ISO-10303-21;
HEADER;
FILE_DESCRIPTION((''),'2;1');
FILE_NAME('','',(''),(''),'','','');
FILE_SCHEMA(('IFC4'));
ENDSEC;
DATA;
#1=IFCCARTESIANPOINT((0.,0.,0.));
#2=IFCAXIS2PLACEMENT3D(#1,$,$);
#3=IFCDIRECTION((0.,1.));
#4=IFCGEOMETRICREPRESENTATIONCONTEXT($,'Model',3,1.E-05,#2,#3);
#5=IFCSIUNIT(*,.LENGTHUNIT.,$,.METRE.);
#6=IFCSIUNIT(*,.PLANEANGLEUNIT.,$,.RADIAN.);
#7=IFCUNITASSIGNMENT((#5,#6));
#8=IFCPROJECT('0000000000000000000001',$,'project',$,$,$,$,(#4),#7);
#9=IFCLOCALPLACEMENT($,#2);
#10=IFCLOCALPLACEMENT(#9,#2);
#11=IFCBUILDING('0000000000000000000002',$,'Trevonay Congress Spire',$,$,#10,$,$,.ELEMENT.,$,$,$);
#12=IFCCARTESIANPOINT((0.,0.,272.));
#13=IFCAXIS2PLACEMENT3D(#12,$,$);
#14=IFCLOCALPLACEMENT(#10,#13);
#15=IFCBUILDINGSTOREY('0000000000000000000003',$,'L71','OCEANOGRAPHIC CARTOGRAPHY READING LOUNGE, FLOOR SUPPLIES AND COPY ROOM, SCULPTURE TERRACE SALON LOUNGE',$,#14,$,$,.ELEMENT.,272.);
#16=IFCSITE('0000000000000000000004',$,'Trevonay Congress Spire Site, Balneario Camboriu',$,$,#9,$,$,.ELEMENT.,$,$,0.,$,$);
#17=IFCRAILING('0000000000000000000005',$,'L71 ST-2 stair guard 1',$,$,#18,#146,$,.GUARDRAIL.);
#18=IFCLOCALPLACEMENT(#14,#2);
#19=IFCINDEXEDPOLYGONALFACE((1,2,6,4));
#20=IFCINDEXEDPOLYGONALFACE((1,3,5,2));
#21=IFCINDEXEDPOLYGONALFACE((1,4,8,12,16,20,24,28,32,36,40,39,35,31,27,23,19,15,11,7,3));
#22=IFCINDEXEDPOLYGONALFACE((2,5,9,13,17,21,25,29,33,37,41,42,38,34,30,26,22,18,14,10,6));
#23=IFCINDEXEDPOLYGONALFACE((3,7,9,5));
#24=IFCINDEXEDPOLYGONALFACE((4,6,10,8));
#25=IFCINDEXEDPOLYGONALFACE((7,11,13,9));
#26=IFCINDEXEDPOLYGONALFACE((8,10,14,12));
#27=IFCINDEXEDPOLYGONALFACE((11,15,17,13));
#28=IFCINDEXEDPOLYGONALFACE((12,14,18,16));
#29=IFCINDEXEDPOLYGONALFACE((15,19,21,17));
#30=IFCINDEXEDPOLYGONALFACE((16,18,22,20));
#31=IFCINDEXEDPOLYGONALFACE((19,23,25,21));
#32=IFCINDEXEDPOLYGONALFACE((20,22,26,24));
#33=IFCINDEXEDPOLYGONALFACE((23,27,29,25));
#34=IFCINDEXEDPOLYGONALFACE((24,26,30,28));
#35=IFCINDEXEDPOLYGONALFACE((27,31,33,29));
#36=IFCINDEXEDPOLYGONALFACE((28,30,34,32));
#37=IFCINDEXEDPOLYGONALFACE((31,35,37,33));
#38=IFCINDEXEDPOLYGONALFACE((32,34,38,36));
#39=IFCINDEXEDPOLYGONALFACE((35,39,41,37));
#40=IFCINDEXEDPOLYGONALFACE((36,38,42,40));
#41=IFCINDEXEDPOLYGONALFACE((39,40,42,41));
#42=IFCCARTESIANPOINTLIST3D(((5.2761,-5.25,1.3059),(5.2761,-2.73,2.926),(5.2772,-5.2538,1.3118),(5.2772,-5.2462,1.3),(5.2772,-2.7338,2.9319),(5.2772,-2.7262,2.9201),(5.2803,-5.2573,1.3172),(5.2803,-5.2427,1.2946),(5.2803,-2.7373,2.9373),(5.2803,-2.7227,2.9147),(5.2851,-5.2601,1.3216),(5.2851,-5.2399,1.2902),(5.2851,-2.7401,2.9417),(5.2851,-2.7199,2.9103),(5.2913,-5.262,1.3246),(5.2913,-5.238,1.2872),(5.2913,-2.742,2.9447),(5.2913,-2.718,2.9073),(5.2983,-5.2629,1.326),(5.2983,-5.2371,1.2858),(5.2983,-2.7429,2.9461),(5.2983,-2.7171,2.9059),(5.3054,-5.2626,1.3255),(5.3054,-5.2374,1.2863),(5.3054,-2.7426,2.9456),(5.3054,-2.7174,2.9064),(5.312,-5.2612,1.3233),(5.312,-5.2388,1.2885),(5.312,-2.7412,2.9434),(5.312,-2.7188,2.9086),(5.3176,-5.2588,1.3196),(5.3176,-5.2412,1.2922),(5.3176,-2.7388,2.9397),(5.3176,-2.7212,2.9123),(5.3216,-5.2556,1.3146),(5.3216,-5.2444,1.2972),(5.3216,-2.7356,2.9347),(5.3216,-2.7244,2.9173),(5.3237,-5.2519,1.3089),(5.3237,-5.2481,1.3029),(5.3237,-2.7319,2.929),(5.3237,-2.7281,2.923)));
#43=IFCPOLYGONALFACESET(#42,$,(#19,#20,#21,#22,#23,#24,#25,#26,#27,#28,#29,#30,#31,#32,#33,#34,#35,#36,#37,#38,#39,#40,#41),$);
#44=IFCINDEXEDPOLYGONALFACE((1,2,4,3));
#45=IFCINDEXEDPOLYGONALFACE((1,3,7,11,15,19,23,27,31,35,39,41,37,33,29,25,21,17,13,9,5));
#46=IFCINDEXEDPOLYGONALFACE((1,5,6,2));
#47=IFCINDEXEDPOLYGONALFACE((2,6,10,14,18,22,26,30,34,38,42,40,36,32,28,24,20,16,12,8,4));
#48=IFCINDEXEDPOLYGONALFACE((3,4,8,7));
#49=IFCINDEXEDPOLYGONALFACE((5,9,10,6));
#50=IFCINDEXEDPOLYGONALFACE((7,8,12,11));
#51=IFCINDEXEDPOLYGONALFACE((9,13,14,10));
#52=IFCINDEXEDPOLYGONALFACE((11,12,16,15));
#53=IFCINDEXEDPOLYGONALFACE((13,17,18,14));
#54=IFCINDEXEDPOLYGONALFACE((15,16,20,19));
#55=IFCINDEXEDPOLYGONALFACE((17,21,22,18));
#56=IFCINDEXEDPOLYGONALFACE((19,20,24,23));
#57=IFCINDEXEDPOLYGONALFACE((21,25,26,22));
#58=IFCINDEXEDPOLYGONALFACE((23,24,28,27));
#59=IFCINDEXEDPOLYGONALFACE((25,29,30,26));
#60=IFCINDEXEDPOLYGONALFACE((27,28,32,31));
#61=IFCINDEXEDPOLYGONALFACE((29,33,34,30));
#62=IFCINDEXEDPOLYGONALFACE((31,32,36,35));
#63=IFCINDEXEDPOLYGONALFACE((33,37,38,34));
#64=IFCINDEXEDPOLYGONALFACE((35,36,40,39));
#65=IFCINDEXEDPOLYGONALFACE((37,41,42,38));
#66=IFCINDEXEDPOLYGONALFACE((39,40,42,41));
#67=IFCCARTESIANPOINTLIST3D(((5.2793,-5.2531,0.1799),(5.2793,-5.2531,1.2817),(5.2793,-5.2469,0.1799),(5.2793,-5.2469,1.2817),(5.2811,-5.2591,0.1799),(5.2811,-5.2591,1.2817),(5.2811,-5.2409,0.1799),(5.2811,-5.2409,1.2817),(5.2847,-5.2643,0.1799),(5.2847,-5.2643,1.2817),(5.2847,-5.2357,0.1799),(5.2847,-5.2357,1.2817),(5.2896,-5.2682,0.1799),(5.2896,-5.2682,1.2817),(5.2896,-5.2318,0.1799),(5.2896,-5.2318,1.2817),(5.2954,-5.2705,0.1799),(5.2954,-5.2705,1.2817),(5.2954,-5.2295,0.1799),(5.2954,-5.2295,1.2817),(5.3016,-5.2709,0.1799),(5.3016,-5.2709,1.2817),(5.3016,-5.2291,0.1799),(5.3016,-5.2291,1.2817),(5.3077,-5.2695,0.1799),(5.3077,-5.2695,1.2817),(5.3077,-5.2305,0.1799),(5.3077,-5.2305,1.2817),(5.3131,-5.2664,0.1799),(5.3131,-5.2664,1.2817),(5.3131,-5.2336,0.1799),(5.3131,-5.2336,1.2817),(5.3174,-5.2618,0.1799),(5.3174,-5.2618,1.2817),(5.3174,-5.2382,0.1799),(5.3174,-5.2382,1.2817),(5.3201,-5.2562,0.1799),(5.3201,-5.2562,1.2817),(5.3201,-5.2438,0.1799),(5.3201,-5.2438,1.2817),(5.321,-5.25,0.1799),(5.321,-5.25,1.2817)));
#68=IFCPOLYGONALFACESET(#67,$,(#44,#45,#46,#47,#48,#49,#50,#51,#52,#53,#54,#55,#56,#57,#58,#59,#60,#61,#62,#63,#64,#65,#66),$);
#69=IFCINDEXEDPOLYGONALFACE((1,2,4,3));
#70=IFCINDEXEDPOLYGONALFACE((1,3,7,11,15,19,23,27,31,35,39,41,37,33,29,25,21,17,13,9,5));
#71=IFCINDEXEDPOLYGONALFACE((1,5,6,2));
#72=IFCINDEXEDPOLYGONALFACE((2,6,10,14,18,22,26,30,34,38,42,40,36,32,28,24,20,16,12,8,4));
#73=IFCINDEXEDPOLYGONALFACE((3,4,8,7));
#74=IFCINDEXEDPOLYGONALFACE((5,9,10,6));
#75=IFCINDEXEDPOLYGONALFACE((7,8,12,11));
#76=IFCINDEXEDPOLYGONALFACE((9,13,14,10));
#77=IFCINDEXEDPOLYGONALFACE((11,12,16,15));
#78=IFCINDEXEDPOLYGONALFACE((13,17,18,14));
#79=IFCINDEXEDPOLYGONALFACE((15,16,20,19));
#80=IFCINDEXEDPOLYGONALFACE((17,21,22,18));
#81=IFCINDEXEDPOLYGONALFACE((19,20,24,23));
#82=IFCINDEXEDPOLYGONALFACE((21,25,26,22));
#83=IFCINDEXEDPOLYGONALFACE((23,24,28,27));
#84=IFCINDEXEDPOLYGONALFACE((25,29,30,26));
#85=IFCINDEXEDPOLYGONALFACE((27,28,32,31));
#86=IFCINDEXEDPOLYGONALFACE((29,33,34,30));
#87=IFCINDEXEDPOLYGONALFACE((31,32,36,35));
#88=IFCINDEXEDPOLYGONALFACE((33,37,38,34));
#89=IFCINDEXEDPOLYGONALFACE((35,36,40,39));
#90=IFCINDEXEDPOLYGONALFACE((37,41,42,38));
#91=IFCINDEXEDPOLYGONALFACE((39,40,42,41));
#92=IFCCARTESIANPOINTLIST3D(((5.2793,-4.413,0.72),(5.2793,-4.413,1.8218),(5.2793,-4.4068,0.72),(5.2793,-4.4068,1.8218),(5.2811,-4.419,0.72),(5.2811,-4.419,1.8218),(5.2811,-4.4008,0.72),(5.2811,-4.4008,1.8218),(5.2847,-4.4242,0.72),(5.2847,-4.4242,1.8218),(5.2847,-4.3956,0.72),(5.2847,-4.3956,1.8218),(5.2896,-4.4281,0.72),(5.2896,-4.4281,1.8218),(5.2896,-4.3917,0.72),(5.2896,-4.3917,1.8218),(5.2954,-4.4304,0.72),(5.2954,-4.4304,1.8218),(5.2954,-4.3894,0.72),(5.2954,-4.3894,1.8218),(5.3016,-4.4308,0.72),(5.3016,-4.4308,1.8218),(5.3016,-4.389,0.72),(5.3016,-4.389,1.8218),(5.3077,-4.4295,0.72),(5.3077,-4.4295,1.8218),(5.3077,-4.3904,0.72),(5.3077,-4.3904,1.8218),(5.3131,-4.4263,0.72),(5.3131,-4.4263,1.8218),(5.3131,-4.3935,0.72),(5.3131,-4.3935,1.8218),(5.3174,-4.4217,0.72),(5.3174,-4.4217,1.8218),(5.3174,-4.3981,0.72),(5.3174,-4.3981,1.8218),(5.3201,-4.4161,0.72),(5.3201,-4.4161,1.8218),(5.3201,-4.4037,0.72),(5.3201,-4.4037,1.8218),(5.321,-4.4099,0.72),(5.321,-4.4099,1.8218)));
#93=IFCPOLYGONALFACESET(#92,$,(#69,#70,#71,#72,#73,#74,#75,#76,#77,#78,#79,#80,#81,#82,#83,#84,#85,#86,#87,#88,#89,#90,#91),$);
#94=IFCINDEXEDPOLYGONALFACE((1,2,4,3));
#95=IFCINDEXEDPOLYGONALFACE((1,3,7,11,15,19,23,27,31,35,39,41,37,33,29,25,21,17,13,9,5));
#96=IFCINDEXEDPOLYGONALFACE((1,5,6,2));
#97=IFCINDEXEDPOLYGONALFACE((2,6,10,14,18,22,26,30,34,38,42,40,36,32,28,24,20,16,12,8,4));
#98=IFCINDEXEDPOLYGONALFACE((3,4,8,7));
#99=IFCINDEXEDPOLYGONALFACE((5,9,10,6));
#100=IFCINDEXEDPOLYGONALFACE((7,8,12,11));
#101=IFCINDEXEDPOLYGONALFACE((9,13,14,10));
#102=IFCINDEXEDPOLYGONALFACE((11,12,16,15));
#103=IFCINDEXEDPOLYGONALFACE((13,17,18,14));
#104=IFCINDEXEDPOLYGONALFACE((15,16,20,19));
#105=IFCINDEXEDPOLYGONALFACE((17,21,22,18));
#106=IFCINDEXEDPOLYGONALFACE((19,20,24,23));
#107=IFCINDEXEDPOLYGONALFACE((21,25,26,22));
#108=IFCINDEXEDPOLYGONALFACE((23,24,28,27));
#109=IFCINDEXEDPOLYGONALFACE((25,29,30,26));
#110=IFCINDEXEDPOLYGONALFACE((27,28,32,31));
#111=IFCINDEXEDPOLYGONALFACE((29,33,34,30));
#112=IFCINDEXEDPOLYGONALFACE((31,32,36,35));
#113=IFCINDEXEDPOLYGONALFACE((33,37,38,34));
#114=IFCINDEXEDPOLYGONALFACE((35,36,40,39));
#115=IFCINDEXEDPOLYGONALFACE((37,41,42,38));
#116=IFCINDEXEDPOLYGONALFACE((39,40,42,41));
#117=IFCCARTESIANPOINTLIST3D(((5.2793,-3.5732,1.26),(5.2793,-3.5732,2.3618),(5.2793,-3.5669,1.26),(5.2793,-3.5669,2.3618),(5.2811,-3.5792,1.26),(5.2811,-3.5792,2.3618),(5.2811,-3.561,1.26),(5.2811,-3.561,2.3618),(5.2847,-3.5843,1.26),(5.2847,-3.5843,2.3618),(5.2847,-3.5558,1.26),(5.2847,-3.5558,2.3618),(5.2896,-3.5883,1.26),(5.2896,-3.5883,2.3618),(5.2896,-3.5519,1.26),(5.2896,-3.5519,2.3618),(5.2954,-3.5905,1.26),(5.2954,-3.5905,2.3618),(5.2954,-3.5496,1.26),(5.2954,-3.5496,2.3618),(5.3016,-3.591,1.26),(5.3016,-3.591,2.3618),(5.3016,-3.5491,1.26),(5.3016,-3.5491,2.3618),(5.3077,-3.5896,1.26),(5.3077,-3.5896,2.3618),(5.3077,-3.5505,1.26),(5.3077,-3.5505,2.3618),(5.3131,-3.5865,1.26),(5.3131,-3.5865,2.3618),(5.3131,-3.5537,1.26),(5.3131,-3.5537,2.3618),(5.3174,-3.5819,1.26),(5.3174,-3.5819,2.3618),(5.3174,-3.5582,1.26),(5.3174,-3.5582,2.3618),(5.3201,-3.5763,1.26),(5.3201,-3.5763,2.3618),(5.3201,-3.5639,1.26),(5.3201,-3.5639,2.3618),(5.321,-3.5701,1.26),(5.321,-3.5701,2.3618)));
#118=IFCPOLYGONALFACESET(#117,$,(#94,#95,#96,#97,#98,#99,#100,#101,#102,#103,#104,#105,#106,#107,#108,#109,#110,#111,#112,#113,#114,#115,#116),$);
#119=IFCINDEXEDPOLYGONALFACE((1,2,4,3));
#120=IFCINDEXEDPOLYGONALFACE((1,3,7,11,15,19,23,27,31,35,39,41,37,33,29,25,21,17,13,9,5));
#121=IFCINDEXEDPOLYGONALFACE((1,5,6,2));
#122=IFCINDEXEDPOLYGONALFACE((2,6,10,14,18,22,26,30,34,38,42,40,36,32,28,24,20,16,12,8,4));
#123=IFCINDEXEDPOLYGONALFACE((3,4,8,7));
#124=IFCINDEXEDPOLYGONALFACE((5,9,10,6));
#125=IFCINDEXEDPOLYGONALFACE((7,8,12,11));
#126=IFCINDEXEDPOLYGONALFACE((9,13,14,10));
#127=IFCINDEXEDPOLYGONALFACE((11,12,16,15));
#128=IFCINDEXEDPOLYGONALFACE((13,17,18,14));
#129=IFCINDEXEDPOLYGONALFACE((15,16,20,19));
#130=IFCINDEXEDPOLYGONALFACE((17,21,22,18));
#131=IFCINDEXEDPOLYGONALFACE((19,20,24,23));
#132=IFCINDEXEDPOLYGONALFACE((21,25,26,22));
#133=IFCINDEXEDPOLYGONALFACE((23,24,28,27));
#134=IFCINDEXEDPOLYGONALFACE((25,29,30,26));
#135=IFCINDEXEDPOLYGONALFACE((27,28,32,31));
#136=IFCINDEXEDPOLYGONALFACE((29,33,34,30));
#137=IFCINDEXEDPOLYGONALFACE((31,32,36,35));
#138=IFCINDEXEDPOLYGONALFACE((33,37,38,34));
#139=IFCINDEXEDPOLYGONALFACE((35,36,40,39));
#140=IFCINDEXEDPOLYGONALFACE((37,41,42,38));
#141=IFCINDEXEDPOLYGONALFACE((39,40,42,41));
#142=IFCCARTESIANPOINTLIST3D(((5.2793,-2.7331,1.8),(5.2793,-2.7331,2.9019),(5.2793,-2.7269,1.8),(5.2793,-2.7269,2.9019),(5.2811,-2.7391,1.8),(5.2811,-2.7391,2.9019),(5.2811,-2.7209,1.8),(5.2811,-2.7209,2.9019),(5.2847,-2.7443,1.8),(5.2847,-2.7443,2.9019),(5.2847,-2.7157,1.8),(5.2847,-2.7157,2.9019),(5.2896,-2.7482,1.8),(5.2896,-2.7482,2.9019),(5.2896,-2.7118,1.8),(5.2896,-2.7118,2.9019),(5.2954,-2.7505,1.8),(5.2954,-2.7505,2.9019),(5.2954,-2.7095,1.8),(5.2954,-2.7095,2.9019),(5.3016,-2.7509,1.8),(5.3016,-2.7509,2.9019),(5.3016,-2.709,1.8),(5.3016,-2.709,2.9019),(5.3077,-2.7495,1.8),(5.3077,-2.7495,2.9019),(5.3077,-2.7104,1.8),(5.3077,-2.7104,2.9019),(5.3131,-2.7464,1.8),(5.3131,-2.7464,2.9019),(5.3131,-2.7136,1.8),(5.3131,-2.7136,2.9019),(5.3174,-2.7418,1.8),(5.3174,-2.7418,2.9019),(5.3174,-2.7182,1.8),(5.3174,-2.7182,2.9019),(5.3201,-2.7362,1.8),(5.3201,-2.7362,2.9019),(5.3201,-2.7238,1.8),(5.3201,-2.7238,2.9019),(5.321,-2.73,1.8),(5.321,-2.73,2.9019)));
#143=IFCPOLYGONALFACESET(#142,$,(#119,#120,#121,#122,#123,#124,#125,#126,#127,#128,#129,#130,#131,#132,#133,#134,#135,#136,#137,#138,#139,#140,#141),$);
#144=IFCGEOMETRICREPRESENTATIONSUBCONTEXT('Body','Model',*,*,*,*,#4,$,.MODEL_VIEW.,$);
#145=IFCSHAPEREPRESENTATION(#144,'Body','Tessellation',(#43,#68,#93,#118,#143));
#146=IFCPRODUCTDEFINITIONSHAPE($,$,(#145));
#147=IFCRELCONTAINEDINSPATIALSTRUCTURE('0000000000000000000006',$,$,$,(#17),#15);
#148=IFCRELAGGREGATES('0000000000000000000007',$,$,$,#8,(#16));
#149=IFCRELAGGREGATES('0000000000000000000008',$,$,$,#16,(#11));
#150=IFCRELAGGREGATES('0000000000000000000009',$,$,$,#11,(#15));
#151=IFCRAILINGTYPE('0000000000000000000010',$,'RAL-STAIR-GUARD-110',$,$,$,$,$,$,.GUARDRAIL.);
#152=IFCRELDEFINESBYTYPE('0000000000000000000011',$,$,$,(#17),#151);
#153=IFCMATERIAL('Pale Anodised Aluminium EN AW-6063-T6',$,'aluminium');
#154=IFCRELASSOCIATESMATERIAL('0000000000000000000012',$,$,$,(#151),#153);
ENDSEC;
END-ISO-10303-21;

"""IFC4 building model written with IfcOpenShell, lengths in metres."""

from ifc_helpers import new_model, si_unit, direction, frame, origin, origin_2d, place, context, subcontext, project, spatial, circle, extrude, material, type_object, element, save


model = new_model("IFC4")

# Units and contexts
model_context = context("Model", 3, precision=1e-05, world=origin(), true_north=direction((0.0, 1.0)))
body_context = subcontext(model_context, "Body", "Model", "MODEL_VIEW")
ifc_project = project(units=[si_unit("LENGTHUNIT", "METRE"), si_unit("PLANEANGLEUNIT", "RADIAN")], contexts=[model_context])

# Site, building, storey
site_placement = place(None, origin())
site = spatial("IfcSite", under=ifc_project, at=site_placement, Name="Trevonay Congress Spire Site, Balneario Camboriu", CompositionType="ELEMENT", RefElevation=0.0)
building_placement = place(site_placement, origin())
building = spatial("IfcBuilding", under=site, at=building_placement, Name="Trevonay Congress Spire", CompositionType="ELEMENT")
storey_placement = place(building_placement, frame((0.0, 0.0, 272.0)))
storey = spatial("IfcBuildingStorey", under=building, at=storey_placement, Name="L71", Description="OCEANOGRAPHIC CARTOGRAPHY READING LOUNGE, FLOOR SUPPLIES AND COPY ROOM, SCULPTURE TERRACE SALON LOUNGE", CompositionType="ELEMENT", Elevation=272.0)

# Shared definitions
ifc_material_1 = material(Name="Pale Anodised Aluminium EN AW-6063-T6", Category="aluminium")

# Railing
railing_type_1 = type_object("IfcRailingType", Name="RAL-STAIR-GUARD-110", PredefinedType="GUARDRAIL", material=ifc_material_1)
railing_1_placement = place(storey_placement, frame((5.3, -5.25, 0.1799)))
element("IfcRailing", 1, at=railing_1_placement, inside=storey, type_object=railing_type_1, Name="L71 ST-2 stair guard 1", PredefinedType="GUARDRAIL", context=body_context, shape_type="SweptSolid", body=[
    extrude(circle(Radius=0.0239, at=origin_2d()), frame((0.0, 0.0, 1.126), z_axis=(0.0, 0.841163, 0.540782), x_axis=(-1.0, 0.0, 0.0)), (0.0, 0.0, 1.0), 2.9958),
    extrude(circle(Radius=0.021, at=origin_2d()), origin(), (0.0, 0.0, 1.0), 1.1018),
    extrude(circle(Radius=0.021, at=origin_2d()), frame((0.0, 0.8401, 0.54)), (0.0, 0.0, 1.0), 1.1018),
    extrude(circle(Radius=0.021, at=origin_2d()), frame((0.0, 1.6799, 1.0801)), (0.0, 0.0, 1.0), 1.1018),
    extrude(circle(Radius=0.021, at=origin_2d()), frame((0.0, 2.52, 1.6201)), (0.0, 0.0, 1.0), 1.1018),
])

save(model, "model.ifc")
